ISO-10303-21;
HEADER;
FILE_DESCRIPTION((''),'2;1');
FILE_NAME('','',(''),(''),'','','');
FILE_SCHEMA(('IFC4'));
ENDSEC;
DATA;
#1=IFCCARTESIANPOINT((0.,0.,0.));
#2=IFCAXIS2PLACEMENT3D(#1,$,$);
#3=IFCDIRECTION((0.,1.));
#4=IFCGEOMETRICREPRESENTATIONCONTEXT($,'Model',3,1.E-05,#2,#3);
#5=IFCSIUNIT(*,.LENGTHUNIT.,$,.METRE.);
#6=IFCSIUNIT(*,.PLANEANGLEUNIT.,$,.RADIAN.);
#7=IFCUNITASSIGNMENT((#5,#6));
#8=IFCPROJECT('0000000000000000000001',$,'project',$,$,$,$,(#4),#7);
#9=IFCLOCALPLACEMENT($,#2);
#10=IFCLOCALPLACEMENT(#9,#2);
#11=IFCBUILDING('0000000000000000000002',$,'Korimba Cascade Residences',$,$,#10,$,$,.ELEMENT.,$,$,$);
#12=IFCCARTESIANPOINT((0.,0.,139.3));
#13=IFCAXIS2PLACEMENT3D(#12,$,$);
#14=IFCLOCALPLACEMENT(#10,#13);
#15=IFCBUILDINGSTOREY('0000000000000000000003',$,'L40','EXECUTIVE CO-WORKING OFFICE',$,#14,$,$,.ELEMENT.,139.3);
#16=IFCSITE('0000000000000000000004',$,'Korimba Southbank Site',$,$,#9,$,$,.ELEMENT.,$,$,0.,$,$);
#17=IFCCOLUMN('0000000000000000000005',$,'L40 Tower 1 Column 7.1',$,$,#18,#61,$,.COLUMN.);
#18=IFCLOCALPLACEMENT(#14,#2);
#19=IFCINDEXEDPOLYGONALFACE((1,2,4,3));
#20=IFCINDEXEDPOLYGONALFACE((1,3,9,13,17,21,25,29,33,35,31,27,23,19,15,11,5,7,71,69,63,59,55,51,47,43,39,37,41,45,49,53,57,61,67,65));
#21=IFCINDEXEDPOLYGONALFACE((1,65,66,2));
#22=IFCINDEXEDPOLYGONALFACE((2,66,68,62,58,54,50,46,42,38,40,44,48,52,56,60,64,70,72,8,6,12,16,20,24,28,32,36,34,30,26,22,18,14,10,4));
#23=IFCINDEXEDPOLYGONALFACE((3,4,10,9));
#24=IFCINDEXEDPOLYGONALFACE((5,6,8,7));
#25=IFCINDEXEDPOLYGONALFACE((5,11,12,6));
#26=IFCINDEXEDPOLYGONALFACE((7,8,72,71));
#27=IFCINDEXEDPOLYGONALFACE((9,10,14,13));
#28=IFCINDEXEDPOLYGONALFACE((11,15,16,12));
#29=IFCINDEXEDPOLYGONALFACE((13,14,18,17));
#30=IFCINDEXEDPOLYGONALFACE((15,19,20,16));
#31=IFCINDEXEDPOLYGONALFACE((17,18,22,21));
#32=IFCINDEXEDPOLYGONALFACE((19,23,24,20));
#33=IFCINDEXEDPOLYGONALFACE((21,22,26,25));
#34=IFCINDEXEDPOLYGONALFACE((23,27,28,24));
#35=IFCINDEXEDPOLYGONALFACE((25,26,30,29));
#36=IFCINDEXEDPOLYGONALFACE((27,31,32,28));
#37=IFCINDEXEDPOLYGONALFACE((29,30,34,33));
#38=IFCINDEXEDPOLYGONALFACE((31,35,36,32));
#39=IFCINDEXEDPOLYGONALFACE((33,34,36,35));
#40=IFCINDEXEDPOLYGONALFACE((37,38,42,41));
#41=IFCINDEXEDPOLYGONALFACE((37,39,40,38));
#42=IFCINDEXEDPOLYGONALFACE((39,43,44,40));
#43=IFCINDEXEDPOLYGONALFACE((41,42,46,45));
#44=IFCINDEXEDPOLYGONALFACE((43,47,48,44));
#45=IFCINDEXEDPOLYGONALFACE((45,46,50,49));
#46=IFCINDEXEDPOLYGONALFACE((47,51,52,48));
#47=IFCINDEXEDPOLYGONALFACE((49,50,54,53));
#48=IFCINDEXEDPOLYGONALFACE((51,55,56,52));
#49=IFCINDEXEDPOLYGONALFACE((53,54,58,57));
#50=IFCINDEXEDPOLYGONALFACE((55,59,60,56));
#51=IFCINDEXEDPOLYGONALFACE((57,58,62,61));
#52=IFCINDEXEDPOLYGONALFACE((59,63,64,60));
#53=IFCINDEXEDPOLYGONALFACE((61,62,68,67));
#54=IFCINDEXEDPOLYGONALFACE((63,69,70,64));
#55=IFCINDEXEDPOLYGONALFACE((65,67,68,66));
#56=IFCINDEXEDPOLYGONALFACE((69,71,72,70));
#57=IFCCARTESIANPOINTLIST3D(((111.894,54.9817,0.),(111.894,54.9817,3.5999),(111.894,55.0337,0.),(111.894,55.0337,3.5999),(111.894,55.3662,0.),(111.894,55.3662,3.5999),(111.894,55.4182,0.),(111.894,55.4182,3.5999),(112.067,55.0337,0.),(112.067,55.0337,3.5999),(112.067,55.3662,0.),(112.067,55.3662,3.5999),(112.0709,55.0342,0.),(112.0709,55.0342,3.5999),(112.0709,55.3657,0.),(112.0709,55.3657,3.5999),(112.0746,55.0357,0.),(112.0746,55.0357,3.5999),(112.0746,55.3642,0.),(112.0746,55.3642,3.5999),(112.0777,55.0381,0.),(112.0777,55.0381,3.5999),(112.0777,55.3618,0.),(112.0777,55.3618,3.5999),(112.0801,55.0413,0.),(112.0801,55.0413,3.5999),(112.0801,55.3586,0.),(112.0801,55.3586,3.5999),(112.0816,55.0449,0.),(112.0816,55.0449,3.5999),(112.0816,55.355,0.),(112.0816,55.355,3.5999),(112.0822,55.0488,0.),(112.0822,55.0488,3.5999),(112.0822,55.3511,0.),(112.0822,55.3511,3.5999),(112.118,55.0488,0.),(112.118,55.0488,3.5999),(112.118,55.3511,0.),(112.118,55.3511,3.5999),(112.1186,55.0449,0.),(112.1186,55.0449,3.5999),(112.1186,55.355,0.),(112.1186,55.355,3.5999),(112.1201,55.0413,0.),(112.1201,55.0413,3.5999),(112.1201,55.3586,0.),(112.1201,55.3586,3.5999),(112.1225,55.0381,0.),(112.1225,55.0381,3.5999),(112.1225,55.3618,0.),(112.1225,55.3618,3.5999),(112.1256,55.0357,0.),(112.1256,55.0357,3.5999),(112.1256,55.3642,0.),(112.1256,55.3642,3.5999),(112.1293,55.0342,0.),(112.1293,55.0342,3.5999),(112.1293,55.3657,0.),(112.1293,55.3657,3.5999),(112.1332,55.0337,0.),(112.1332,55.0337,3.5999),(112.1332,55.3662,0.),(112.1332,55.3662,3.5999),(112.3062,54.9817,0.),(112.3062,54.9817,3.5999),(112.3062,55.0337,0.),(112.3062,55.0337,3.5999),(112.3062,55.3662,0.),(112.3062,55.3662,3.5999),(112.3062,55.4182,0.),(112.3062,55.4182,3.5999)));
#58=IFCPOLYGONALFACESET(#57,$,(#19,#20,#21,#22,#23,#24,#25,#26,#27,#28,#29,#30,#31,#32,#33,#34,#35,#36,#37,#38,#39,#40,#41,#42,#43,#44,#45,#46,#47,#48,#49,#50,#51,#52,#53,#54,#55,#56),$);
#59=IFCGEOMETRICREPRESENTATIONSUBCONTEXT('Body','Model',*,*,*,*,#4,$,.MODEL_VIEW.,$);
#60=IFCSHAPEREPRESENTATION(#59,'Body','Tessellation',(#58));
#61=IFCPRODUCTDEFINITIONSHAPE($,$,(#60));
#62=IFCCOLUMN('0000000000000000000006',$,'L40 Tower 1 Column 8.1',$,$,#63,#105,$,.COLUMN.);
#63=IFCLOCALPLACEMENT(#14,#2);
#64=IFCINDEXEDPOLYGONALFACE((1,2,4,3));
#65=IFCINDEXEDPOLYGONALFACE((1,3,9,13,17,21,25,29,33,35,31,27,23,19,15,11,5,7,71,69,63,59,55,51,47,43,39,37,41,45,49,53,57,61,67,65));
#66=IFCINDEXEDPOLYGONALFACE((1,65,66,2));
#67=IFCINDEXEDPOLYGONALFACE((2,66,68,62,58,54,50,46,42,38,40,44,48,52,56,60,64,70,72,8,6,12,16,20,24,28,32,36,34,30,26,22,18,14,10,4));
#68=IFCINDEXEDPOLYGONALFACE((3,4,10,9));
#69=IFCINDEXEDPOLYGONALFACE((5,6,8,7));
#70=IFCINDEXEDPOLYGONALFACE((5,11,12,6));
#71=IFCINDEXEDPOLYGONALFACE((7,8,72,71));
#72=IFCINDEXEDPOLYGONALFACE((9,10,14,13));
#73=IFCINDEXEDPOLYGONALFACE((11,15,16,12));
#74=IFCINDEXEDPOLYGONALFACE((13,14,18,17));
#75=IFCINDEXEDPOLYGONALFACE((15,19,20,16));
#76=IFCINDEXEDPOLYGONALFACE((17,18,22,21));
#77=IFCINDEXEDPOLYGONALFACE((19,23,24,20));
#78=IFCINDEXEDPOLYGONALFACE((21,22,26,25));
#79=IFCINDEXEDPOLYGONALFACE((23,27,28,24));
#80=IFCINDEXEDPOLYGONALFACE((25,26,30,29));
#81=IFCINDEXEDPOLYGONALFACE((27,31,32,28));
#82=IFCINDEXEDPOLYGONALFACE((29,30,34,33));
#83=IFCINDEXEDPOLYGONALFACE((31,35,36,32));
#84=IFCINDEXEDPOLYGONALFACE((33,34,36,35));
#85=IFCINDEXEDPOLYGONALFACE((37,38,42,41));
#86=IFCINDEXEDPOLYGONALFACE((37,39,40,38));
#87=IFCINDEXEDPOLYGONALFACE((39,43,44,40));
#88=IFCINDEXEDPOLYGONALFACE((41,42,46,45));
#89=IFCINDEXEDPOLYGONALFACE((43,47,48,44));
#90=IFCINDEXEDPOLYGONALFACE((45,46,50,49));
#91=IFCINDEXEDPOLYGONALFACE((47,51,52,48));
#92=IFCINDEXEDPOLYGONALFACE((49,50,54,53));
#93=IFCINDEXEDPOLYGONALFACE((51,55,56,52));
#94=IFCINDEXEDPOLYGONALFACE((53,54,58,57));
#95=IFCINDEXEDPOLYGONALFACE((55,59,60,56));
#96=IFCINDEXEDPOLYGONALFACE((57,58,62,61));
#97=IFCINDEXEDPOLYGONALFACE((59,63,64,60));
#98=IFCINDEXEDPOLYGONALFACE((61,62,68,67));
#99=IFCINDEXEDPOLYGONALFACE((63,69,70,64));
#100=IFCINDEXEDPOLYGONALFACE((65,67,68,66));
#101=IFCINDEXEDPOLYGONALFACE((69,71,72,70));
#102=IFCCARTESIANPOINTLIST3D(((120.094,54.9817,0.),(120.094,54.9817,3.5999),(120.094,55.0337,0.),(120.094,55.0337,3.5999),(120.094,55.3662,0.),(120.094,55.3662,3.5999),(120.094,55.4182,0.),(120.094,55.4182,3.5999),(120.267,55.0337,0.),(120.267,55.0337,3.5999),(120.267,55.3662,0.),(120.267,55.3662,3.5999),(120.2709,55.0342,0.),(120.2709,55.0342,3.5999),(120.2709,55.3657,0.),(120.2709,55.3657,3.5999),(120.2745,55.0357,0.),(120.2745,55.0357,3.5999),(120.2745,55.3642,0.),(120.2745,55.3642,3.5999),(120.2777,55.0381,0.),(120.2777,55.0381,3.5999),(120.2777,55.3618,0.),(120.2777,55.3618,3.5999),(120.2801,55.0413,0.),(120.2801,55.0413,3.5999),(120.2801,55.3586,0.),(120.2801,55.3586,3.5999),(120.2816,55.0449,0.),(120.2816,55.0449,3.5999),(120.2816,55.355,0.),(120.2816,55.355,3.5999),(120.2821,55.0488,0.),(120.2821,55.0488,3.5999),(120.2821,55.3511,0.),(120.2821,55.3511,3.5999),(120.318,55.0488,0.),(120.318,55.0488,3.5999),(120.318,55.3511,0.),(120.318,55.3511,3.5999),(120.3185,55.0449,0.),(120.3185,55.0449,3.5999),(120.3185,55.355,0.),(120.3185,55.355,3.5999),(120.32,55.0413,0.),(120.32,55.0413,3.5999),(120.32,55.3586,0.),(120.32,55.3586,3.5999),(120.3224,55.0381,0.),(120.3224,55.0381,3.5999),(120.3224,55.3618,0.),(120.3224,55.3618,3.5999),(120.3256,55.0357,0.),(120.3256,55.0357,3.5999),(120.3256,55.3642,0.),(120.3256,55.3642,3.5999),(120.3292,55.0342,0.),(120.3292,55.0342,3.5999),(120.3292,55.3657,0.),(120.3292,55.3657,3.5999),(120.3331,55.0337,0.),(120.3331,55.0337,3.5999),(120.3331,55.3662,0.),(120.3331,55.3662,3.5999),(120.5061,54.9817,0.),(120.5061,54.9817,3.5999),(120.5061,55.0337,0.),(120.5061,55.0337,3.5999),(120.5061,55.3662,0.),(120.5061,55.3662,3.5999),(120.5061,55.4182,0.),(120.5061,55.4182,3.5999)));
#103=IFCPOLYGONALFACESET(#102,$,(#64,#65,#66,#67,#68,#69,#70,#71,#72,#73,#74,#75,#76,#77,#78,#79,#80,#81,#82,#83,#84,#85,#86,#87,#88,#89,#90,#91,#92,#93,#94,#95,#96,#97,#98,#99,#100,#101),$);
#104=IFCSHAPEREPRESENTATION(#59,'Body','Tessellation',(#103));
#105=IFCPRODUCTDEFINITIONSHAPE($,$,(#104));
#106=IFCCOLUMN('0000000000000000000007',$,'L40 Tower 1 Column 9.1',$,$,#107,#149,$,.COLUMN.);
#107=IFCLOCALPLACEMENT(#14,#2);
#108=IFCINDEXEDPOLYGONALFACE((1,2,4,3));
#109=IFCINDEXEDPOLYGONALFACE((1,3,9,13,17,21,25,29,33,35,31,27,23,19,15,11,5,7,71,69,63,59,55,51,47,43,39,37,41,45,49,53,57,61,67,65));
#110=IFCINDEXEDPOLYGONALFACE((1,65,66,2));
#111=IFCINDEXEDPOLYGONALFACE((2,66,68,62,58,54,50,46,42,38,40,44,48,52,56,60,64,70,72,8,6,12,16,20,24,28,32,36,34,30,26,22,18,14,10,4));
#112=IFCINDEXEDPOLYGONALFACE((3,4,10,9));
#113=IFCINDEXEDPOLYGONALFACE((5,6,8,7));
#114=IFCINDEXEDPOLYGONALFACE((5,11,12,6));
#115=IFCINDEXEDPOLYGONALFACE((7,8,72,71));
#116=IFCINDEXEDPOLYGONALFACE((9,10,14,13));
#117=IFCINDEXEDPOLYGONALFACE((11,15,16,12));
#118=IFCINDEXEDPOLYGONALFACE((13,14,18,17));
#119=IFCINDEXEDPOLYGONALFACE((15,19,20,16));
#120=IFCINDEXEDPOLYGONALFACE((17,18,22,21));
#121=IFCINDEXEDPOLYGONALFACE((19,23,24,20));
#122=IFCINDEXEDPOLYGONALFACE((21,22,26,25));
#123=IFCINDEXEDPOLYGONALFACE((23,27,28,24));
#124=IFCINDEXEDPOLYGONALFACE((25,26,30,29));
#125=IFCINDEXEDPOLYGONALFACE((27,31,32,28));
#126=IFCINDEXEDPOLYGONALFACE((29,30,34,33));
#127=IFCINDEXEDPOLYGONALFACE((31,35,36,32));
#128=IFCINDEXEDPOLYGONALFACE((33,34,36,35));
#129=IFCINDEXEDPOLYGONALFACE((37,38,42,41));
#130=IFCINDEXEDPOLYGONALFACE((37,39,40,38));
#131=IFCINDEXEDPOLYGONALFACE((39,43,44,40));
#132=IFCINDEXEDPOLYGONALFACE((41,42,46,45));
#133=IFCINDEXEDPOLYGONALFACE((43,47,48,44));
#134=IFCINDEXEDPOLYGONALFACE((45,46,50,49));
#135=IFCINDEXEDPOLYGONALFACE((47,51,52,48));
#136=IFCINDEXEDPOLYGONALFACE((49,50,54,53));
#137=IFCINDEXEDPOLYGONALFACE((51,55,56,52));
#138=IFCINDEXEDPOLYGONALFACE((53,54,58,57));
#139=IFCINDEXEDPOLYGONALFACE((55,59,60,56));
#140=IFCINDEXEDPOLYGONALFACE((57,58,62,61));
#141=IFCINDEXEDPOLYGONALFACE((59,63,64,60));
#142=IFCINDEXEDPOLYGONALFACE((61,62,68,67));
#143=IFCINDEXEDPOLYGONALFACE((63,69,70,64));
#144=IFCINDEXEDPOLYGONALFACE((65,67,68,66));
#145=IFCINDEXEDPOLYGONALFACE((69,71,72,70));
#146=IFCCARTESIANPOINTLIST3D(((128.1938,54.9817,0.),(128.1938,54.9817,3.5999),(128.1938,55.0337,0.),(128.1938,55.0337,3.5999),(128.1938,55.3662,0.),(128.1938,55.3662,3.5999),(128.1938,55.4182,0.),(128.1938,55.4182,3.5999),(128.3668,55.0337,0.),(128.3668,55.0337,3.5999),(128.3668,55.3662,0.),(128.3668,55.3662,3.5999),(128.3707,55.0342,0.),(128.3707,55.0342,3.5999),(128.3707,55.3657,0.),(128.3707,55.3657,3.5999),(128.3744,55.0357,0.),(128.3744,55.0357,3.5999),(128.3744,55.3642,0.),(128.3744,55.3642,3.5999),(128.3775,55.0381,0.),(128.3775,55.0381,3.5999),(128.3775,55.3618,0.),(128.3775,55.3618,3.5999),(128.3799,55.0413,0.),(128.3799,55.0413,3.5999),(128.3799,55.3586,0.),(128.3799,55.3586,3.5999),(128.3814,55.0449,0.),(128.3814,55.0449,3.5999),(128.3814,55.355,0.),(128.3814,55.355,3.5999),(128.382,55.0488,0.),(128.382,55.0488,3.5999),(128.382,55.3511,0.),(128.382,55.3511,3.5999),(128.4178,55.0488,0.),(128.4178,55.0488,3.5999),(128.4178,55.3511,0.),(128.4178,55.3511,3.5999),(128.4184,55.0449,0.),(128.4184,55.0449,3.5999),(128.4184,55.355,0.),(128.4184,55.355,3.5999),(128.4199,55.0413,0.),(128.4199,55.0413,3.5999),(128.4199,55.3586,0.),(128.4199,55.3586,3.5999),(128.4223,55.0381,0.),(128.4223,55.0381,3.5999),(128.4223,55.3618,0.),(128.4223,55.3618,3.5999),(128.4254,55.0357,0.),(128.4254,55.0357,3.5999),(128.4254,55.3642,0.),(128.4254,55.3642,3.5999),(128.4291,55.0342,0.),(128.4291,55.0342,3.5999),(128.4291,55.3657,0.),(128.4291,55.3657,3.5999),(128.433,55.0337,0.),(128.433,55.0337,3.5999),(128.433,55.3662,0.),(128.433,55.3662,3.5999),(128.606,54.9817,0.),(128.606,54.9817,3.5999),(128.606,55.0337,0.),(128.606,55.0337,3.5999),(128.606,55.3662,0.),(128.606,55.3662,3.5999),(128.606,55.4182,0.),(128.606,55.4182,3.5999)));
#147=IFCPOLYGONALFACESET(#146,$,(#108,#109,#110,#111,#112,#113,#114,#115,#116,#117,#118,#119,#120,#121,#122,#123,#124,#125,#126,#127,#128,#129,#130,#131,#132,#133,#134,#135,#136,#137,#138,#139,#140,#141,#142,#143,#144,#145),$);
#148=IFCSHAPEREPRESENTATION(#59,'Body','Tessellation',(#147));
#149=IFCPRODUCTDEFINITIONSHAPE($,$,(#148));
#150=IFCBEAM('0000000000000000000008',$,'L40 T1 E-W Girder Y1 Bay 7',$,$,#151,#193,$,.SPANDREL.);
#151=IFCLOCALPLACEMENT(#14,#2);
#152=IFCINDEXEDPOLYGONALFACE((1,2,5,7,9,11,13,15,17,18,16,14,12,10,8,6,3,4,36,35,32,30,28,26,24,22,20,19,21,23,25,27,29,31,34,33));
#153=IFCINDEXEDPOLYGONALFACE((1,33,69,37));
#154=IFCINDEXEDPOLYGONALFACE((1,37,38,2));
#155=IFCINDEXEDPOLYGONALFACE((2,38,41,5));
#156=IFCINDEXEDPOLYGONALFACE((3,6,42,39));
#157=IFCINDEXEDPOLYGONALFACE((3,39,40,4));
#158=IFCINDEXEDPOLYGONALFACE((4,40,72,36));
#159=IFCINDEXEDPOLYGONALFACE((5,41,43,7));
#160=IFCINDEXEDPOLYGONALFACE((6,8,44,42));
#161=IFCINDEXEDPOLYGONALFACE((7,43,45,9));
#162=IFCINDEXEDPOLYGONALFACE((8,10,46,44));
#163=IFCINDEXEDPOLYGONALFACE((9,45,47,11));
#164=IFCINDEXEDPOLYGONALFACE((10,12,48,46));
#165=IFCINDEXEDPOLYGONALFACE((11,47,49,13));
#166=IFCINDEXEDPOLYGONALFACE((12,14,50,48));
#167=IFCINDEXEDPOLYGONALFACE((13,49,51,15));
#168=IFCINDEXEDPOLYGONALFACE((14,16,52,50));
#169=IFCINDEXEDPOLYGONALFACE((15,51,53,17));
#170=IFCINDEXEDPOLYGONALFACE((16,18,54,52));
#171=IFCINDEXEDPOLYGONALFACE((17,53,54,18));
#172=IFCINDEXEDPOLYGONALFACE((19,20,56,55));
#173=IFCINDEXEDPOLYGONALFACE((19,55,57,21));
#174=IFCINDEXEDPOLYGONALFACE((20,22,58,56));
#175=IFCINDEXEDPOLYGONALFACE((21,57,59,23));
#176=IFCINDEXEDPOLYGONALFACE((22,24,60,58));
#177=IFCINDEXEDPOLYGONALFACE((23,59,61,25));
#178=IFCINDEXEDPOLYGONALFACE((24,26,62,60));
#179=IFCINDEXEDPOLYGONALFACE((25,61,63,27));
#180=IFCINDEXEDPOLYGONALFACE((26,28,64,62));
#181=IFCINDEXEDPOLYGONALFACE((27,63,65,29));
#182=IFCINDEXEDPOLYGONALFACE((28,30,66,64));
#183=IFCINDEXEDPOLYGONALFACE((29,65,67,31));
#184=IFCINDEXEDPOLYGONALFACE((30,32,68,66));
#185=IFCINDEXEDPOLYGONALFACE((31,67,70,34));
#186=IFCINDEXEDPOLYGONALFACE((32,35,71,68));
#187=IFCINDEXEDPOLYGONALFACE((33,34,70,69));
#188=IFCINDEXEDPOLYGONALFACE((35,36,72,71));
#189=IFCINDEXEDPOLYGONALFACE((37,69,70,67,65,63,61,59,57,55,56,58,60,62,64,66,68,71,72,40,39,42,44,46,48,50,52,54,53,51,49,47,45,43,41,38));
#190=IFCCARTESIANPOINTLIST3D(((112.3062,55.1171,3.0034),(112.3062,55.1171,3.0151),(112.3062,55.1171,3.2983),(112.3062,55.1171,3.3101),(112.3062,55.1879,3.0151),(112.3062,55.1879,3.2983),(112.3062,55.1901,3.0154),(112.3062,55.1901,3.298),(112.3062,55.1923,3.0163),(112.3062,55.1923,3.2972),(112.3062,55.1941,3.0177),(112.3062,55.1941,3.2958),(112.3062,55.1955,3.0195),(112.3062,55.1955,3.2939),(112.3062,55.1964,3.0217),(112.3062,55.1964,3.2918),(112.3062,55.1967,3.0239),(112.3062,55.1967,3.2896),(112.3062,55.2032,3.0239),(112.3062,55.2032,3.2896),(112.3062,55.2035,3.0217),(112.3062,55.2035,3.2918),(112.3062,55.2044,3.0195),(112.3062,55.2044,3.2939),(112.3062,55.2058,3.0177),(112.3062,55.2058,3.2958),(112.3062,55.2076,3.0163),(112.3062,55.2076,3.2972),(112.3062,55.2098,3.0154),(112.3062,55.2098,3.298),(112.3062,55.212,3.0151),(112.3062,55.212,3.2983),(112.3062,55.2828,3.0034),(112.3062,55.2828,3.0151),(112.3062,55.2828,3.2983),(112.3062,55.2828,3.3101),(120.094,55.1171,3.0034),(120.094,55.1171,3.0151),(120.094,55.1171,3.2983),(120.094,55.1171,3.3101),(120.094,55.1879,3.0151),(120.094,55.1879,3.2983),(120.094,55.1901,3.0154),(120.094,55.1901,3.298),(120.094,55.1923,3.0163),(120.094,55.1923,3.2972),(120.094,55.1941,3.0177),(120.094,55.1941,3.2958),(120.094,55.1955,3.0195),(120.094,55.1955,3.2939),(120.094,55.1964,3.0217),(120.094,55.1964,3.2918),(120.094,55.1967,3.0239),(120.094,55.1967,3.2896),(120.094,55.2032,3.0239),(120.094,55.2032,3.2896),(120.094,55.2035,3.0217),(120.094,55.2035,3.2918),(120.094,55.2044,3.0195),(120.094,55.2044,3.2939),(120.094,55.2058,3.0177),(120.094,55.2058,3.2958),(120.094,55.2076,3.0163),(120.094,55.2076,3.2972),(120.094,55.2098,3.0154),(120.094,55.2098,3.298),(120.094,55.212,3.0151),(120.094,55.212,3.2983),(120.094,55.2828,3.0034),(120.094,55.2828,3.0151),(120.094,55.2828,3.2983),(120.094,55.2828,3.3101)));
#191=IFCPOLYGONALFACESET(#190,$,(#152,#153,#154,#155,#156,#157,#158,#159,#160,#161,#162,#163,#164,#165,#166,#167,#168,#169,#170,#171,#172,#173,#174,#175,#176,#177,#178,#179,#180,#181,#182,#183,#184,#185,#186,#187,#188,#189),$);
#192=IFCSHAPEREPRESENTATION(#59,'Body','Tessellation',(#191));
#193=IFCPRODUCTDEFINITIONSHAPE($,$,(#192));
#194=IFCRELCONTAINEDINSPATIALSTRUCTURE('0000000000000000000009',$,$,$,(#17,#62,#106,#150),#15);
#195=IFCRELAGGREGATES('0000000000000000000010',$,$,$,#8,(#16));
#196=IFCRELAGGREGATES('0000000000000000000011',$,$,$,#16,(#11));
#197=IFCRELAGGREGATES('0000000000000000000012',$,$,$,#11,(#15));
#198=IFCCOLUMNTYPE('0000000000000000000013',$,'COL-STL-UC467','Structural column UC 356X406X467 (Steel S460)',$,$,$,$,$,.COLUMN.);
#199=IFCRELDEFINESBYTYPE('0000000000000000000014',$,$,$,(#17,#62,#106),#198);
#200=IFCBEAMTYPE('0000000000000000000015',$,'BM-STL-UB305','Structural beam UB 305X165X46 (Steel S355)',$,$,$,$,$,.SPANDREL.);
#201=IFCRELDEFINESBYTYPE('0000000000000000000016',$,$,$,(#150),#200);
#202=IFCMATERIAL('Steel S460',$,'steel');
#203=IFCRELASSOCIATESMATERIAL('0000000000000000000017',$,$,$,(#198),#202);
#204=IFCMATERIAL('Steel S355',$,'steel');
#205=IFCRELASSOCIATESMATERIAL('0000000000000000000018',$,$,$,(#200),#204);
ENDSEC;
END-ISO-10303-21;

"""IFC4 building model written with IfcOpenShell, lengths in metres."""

from ifc_helpers import new_model, si_unit, direction, frame, origin, origin_2d, place, context, subcontext, project, spatial, i_section, extrude, material, material_profile, profile_set, type_object, element, save


model = new_model("IFC4")

# Units and contexts
model_context = context("Model", 3, precision=1e-05, world=origin(), true_north=direction((0.0, 1.0)))
body_context = subcontext(model_context, "Body", "Model", "MODEL_VIEW")
ifc_project = project(units=[si_unit("LENGTHUNIT", "METRE"), si_unit("PLANEANGLEUNIT", "RADIAN")], contexts=[model_context])

# Site, building, storey
site_placement = place(None, origin())
site = spatial("IfcSite", under=ifc_project, at=site_placement, Name="Korimba Southbank Site", CompositionType="ELEMENT", RefElevation=0.0)
building_placement = place(site_placement, origin())
building = spatial("IfcBuilding", under=site, at=building_placement, Name="Korimba Cascade Residences", CompositionType="ELEMENT")
storey_placement = place(building_placement, frame((0.0, 0.0, 139.3)))
storey = spatial("IfcBuildingStorey", under=building, at=storey_placement, Name="L40", Description="EXECUTIVE CO-WORKING OFFICE", CompositionType="ELEMENT", Elevation=139.3)

# Columns
ifc_material_1 = material(Name="Steel S460", Category="steel")
ifc_material_profile_1 = material_profile(ifc_material_1, i_section(OverallWidth=0.4121, OverallDepth=0.4365, WebThickness=0.0359, FlangeThickness=0.052, FilletRadius=0.0151, at=origin_2d()), Name="Steel S460")
ifc_profile_set_1 = profile_set([ifc_material_profile_1], Name="Steel S460")
column_type = type_object("IfcColumnType", Name="COL-STL-UC467", Description="Structural column UC 356X406X467 (Steel S460)", PredefinedType="COLUMN", material=ifc_profile_set_1)
for number, where, z_axis, x_axis, name in (
    (1, (112.1001, 55.2, 0.0), (0.0, 0.0, 1.0), (1.0, 0.0, 0.0), "L40 Tower 1 Column 7.1"),
    (2, (120.3, 55.2, 0.0), (0.0, 0.0, 1.0), (1.0, 0.0, 0.0), "L40 Tower 1 Column 8.1"),
    (3, (128.3999, 55.2, 0.0), (0.0, 0.0, 1.0), (1.0, 0.0, 0.0), "L40 Tower 1 Column 9.1"),
):
    element("IfcColumn", number, at=place(storey_placement, frame(where, z_axis=z_axis, x_axis=x_axis)), inside=storey, type_object=column_type, Name=name, PredefinedType="COLUMN", context=body_context, shape_type="SweptSolid", body=[
        extrude(i_section(OverallWidth=0.4121, OverallDepth=0.4365, WebThickness=0.0359, FlangeThickness=0.052, FilletRadius=0.0151, at=origin_2d()), origin(), (0.0, 0.0, 1.0), 3.5999),
    ])

# Beam
ifc_material_2 = material(Name="Steel S355", Category="steel")
ifc_material_profile_2 = material_profile(ifc_material_2, i_section(OverallWidth=0.1658, OverallDepth=0.3066, WebThickness=0.0066, FlangeThickness=0.0117, FilletRadius=0.0088, at=origin_2d()), Name="Steel S355")
ifc_profile_set_2 = profile_set([ifc_material_profile_2], Name="Steel S355")
beam_type_1 = type_object("IfcBeamType", Name="BM-STL-UB305", Description="Structural beam UB 305X165X46 (Steel S355)", PredefinedType="SPANDREL", material=ifc_profile_set_2)
beam_1_placement = place(storey_placement, frame((112.3062, 55.2, 3.1567), z_axis=(1.0, 0.0, 0.0), x_axis=(0.0, 1.0, 0.0)))
element("IfcBeam", 4, at=beam_1_placement, inside=storey, type_object=beam_type_1, Name="L40 T1 E-W Girder Y1 Bay 7", PredefinedType="SPANDREL", context=body_context, shape_type="SweptSolid", body=[
    extrude(i_section(OverallWidth=0.1658, OverallDepth=0.3066, WebThickness=0.0066, FlangeThickness=0.0117, FilletRadius=0.0088, at=origin_2d()), origin(), (0.0, 0.0, 1.0), 7.7878),
])

save(model, "model.ifc")
